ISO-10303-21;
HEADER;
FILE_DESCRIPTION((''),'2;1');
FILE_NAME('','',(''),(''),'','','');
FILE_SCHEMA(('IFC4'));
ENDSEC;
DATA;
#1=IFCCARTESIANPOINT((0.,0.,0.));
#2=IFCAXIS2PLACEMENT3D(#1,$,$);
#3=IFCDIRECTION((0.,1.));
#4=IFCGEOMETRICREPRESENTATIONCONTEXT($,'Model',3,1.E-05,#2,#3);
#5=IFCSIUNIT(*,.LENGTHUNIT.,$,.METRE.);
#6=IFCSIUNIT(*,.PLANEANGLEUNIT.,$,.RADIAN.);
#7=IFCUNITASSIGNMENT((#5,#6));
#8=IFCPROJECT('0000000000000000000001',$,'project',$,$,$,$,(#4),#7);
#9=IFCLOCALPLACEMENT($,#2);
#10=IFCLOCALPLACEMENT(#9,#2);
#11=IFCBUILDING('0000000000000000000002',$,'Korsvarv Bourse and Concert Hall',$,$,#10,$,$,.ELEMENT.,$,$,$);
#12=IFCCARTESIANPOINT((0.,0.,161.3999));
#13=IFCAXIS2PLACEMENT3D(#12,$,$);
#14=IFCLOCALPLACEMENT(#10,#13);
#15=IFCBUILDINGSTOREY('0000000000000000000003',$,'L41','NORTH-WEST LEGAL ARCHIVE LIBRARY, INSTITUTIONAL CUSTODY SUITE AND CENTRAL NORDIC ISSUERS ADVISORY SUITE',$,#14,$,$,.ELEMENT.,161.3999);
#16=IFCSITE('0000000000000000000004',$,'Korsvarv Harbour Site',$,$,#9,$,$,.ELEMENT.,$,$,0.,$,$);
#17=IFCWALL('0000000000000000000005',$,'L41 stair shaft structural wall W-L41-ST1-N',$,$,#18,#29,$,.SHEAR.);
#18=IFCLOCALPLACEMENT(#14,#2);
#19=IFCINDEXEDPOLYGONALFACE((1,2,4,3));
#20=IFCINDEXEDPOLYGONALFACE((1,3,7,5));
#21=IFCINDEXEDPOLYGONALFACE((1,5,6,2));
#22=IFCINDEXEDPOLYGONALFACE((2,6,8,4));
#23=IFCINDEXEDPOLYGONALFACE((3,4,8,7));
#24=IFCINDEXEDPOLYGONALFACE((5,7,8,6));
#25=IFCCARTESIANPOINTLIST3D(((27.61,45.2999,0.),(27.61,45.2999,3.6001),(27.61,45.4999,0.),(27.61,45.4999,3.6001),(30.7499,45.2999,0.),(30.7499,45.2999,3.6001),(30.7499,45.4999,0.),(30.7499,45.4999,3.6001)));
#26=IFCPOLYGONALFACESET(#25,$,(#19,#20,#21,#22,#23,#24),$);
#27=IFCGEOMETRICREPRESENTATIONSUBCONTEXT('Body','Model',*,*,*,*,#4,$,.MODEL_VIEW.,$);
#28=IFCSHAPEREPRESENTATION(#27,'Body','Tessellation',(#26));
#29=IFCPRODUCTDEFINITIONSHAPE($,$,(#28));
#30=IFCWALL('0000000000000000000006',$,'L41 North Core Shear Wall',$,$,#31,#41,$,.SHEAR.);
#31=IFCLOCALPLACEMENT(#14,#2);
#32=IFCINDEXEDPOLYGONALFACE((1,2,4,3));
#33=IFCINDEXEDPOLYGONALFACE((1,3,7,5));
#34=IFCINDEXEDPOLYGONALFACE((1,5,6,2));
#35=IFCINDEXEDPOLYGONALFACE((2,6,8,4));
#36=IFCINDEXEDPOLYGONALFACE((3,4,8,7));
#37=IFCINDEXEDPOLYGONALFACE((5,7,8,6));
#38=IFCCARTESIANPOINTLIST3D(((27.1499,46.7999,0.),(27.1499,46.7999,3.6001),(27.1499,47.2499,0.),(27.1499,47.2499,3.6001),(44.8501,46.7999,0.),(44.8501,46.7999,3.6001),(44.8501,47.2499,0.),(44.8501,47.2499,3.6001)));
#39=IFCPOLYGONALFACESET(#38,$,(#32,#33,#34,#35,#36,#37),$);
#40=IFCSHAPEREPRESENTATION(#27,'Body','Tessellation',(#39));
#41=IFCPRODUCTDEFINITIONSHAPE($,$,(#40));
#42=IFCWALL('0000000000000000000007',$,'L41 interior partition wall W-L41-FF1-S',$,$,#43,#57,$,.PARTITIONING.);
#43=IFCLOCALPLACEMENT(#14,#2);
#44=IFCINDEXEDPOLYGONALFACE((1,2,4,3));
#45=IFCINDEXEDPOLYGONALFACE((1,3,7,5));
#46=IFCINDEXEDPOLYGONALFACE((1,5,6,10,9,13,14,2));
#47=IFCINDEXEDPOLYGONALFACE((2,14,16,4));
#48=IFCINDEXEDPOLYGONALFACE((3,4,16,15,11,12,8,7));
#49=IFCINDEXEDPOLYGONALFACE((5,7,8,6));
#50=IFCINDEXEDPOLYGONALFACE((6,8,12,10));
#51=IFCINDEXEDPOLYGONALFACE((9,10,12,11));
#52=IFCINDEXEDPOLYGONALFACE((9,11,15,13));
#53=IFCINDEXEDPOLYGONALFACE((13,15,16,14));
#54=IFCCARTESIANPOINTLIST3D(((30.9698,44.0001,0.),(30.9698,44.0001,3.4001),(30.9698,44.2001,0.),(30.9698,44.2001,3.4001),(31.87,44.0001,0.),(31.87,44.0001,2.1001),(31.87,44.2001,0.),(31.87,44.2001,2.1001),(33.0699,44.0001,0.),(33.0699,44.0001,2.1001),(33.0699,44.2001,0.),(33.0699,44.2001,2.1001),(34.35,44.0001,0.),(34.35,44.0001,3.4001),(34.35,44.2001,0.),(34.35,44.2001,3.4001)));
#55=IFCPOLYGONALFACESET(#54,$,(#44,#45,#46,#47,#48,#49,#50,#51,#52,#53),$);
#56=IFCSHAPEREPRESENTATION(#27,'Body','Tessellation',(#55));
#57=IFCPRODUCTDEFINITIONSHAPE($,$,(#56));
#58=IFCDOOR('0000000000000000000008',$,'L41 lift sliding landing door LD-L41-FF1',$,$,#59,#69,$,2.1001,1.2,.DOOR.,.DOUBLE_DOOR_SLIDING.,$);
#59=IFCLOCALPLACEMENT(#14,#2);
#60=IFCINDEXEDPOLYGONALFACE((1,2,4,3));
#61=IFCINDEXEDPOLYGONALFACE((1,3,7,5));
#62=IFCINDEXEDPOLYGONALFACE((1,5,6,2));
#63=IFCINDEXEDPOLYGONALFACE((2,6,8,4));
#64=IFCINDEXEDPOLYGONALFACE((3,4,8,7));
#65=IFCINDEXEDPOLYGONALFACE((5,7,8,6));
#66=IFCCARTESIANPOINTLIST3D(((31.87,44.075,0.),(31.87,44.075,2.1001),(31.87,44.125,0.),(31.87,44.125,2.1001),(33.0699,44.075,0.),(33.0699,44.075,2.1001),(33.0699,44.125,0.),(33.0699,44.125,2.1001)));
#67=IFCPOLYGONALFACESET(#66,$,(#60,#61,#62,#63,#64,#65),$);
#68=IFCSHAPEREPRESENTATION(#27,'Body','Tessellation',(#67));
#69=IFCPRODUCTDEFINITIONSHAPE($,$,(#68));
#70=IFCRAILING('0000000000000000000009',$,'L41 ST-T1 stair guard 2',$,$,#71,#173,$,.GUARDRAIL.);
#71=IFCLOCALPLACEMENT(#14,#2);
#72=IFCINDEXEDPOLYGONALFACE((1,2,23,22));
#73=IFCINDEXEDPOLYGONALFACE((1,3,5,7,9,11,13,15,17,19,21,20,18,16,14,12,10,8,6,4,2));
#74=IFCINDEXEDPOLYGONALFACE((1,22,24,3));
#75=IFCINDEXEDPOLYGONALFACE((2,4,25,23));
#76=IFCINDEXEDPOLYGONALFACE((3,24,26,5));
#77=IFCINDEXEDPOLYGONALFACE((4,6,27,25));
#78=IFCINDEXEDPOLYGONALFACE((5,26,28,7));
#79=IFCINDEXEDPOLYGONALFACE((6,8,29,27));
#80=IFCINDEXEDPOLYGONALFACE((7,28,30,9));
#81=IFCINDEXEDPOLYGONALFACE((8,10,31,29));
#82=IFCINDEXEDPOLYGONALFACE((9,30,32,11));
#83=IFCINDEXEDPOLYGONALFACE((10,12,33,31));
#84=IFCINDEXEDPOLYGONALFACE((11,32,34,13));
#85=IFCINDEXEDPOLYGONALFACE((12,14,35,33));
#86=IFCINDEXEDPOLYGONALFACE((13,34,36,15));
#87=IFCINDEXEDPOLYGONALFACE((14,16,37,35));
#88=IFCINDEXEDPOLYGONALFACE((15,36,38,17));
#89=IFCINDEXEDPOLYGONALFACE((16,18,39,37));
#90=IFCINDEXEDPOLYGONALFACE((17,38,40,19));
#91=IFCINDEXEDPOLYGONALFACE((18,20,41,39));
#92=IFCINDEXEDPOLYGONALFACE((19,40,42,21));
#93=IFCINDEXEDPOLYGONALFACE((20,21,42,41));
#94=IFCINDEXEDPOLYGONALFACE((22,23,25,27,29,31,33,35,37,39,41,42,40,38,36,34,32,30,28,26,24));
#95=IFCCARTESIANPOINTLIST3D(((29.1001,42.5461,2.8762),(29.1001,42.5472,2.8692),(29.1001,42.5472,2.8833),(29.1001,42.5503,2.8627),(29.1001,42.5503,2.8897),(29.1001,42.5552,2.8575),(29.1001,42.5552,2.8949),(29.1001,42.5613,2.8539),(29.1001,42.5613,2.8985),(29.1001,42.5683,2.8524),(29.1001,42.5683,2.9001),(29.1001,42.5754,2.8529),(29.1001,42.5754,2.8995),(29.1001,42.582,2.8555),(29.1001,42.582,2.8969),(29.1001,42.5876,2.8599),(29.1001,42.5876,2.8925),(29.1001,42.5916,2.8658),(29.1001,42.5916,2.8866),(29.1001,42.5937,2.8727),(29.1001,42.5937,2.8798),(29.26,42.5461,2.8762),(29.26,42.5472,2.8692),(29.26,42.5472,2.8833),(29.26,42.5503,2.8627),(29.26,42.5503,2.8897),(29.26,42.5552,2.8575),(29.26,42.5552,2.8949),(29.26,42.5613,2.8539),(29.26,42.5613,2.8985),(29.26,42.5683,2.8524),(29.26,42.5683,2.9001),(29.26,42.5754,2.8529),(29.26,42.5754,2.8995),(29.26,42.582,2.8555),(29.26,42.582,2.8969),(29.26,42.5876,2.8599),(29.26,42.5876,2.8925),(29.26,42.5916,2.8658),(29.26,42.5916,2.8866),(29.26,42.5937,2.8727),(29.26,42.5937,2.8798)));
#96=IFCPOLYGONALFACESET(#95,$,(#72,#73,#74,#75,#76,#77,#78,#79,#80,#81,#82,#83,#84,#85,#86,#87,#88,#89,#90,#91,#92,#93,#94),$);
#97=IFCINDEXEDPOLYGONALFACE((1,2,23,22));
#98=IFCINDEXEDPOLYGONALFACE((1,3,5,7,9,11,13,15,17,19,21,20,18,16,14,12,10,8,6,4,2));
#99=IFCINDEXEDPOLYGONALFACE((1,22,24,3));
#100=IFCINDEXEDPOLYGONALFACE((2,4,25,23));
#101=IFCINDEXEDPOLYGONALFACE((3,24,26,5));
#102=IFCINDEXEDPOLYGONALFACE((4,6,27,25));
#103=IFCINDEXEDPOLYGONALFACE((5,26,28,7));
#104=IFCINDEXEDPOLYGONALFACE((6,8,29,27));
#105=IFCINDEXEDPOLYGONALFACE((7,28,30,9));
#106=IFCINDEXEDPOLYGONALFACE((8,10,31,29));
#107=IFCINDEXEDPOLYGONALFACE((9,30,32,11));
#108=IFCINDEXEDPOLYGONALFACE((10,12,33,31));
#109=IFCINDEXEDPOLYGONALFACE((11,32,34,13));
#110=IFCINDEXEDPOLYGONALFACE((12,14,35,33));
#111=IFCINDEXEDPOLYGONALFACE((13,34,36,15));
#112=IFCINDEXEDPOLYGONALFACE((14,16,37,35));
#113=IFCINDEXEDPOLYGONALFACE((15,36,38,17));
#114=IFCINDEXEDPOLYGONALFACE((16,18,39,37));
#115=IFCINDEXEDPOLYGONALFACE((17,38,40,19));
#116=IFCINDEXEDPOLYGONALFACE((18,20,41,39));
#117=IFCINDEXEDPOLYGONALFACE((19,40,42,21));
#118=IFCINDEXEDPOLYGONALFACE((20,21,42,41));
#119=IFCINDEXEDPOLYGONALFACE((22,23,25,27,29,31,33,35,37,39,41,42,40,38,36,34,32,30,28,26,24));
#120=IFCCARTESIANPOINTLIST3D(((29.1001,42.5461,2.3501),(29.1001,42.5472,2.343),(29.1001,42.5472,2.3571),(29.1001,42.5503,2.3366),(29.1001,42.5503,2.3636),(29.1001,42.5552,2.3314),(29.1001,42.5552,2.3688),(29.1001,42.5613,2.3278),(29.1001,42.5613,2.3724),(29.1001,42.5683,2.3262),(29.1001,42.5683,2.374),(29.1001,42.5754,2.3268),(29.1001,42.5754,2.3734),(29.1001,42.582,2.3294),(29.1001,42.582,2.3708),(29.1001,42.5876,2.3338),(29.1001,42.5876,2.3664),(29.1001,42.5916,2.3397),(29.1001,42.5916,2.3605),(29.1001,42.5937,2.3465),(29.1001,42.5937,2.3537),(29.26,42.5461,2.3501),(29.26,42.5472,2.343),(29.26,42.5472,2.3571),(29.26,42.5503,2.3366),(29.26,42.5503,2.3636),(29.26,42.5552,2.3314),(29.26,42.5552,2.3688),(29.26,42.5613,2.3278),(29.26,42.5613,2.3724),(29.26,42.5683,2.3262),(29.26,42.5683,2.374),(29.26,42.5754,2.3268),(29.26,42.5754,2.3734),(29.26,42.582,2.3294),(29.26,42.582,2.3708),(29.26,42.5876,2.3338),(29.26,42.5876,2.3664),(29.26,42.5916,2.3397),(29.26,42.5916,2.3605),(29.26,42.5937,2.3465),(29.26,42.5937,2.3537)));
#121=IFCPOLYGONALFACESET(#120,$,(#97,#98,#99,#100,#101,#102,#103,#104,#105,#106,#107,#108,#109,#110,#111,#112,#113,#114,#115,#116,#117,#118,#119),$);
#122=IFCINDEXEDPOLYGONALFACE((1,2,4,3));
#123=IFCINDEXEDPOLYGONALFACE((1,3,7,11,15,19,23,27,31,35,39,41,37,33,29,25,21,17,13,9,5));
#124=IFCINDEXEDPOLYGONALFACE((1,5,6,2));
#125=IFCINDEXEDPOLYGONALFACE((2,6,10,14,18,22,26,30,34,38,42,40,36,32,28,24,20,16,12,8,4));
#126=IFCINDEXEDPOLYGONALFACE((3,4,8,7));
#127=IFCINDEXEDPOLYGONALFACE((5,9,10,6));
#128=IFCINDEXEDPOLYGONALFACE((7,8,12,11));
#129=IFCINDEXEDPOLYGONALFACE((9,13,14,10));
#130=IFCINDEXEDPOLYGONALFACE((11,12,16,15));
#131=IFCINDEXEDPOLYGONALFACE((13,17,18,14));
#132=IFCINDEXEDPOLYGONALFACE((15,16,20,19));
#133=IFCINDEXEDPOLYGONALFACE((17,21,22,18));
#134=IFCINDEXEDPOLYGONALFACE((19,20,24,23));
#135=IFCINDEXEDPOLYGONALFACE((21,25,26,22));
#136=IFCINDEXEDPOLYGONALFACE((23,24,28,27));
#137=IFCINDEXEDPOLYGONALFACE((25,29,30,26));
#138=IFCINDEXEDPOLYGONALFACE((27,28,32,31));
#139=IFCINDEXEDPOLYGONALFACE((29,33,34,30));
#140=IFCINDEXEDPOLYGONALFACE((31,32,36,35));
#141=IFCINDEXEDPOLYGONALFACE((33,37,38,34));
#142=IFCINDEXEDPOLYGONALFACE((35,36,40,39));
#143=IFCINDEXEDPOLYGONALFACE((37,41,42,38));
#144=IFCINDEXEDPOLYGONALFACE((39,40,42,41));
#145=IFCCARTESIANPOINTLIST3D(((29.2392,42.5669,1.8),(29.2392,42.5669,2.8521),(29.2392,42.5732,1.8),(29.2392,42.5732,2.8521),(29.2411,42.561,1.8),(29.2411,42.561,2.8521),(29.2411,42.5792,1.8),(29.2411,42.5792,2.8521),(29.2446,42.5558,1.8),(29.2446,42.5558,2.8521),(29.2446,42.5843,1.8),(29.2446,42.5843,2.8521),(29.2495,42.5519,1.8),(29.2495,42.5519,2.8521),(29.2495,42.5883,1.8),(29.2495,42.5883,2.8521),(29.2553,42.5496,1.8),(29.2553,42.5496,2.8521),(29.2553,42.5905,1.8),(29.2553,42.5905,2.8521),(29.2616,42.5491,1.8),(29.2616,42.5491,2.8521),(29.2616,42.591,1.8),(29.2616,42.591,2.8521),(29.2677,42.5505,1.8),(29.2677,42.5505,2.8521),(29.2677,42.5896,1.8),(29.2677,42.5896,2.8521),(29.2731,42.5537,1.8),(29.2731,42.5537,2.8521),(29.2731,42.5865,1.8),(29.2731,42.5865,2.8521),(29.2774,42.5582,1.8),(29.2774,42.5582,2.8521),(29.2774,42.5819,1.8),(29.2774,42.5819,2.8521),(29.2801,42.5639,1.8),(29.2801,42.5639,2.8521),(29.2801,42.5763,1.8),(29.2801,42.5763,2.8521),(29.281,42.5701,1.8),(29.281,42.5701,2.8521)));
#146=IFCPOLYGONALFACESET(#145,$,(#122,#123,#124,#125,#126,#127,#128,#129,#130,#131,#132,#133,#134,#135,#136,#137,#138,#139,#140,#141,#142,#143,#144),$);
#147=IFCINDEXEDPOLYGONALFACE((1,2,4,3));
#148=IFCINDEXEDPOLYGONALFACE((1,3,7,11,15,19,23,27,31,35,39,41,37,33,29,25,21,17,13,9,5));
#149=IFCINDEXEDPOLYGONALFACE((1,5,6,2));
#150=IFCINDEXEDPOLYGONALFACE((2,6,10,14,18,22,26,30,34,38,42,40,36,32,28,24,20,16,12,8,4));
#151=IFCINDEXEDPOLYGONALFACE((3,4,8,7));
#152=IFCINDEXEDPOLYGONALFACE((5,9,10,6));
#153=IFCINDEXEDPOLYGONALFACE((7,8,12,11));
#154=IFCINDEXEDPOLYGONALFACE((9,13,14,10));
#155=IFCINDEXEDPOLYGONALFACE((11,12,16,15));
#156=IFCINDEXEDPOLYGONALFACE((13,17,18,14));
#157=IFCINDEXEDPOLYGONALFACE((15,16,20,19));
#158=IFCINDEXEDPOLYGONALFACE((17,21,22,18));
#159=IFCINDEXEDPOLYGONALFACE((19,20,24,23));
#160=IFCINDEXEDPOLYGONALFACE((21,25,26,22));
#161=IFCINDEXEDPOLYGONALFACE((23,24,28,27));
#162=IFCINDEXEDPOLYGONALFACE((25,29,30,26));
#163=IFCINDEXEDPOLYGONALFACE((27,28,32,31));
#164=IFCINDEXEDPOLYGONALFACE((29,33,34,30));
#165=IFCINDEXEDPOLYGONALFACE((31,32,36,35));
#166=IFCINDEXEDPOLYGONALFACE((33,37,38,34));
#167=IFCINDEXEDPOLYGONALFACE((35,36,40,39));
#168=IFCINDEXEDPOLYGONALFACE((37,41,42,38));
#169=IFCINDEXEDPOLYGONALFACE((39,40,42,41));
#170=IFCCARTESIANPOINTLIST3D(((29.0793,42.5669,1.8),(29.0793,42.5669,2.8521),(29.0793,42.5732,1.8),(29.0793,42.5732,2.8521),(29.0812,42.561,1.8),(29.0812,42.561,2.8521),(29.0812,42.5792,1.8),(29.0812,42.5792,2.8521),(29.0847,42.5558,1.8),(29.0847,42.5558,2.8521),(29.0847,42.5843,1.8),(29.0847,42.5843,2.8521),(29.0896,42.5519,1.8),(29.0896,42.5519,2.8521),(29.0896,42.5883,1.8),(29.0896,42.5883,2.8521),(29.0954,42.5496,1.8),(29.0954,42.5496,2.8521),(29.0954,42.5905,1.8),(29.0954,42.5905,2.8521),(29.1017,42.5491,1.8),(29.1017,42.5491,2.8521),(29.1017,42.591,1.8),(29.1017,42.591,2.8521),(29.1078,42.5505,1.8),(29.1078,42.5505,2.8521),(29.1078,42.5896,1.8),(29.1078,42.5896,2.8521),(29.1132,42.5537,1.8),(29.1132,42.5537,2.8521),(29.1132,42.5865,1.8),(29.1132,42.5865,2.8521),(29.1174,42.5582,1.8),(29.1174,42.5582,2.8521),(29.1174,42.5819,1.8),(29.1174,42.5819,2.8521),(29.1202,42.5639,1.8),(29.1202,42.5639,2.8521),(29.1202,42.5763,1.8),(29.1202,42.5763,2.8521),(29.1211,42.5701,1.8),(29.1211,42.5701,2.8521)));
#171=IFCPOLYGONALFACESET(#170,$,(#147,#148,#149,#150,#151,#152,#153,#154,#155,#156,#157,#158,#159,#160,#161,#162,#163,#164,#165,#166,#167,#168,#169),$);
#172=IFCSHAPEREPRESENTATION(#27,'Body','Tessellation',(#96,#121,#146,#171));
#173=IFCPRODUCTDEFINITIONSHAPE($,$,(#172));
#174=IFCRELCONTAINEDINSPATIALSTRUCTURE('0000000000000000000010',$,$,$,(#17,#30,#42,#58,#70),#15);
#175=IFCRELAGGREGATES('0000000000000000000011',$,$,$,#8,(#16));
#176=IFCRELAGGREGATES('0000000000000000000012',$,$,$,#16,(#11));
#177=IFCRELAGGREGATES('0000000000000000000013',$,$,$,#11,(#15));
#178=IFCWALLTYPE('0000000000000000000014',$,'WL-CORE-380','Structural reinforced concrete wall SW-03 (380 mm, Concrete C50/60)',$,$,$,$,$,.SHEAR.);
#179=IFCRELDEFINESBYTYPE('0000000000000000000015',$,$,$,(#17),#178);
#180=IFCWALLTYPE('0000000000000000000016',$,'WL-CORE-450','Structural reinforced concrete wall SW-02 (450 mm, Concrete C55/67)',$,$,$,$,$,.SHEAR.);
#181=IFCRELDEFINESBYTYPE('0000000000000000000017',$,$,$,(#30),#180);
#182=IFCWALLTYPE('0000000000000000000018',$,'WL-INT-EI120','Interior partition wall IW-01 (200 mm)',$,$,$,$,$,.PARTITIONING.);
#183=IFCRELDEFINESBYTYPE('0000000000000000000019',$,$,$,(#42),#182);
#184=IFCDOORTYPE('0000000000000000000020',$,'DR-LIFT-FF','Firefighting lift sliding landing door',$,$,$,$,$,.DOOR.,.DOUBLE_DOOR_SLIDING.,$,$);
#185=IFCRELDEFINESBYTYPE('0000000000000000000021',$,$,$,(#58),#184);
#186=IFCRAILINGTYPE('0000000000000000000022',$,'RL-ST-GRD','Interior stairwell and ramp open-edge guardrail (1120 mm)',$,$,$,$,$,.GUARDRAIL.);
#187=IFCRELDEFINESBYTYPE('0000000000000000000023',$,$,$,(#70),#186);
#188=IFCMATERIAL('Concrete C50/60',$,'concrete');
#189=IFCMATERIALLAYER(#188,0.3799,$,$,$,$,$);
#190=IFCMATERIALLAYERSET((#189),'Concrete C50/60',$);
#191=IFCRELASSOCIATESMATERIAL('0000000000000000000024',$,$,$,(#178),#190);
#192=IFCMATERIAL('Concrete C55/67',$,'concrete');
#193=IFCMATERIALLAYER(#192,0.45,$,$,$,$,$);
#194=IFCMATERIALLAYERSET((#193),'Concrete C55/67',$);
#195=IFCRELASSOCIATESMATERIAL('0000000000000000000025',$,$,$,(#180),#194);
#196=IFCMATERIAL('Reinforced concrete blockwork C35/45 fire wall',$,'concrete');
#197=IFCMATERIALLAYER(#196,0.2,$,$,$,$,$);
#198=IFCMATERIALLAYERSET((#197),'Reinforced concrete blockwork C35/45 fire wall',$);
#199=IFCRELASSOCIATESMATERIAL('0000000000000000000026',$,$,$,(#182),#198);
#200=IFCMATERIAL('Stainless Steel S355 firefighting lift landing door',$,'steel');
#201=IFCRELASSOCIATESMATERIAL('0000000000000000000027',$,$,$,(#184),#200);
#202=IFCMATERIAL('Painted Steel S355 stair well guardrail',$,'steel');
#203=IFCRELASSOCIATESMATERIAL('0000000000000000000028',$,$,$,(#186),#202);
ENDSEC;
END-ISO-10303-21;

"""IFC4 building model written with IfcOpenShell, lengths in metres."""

from ifc_helpers import new_model, si_unit, direction, frame, frame_2d, origin, origin_2d, place, context, subcontext, project, spatial, rectangle, circle, extrude, material, layer, layer_set, type_object, element, fill, save


model = new_model("IFC4")

# Units and contexts
model_context = context("Model", 3, precision=1e-05, world=origin(), true_north=direction((0.0, 1.0)))
body_context = subcontext(model_context, "Body", "Model", "MODEL_VIEW")
ifc_project = project(units=[si_unit("LENGTHUNIT", "METRE"), si_unit("PLANEANGLEUNIT", "RADIAN")], contexts=[model_context])

# Site, building, storey
site_placement = place(None, origin())
site = spatial("IfcSite", under=ifc_project, at=site_placement, Name="Korsvarv Harbour Site", CompositionType="ELEMENT", RefElevation=0.0)
building_placement = place(site_placement, origin())
building = spatial("IfcBuilding", under=site, at=building_placement, Name="Korsvarv Bourse and Concert Hall", CompositionType="ELEMENT")
storey_placement = place(building_placement, frame((0.0, 0.0, 161.3999)))
storey = spatial("IfcBuildingStorey", under=building, at=storey_placement, Name="L41", Description="NORTH-WEST LEGAL ARCHIVE LIBRARY, INSTITUTIONAL CUSTODY SUITE AND CENTRAL NORDIC ISSUERS ADVISORY SUITE", CompositionType="ELEMENT", Elevation=161.3999)

# Walls
ifc_material_1 = material(Name="Concrete C50/60", Category="concrete")
ifc_layer_1 = layer(ifc_material_1, 0.3799)
ifc_layer_set_1 = layer_set([ifc_layer_1], Name="Concrete C50/60")
wall_type_1 = type_object("IfcWallType", Name="WL-CORE-380", Description="Structural reinforced concrete wall SW-03 (380 mm, Concrete C50/60)", PredefinedType="SHEAR", material=ifc_layer_set_1)
wall_1_placement = place(storey_placement, frame((27.6101, 45.3999, 0.0), z_axis=(0.0, 0.0, 1.0), x_axis=(1.0, 0.0, 0.0)))
element("IfcWall", 1, at=wall_1_placement, inside=storey, type_object=wall_type_1, Name="L41 stair shaft structural wall W-L41-ST1-N", PredefinedType="SHEAR", context=body_context, shape_type="SweptSolid", body=[
    extrude(rectangle(XDim=3.1399, YDim=0.2, at=frame_2d((1.5698, 0.0))), origin(), (0.0, 0.0, 1.0), 3.6001),
])
ifc_material_2 = material(Name="Concrete C55/67", Category="concrete")
ifc_layer_2 = layer(ifc_material_2, 0.45)
ifc_layer_set_2 = layer_set([ifc_layer_2], Name="Concrete C55/67")
wall_type_2 = type_object("IfcWallType", Name="WL-CORE-450", Description="Structural reinforced concrete wall SW-02 (450 mm, Concrete C55/67)", PredefinedType="SHEAR", material=ifc_layer_set_2)
wall_2_placement = place(storey_placement, frame((27.1499, 47.0249, 0.0), z_axis=(0.0, 0.0, 1.0), x_axis=(1.0, 0.0, 0.0)))
element("IfcWall", 2, at=wall_2_placement, inside=storey, type_object=wall_type_2, Name="L41 North Core Shear Wall", PredefinedType="SHEAR", context=body_context, shape_type="SweptSolid", body=[
    extrude(rectangle(XDim=17.7002, YDim=0.45, at=frame_2d((8.8501, 0.0))), origin(), (0.0, 0.0, 1.0), 3.6001),
])

# Wall, opening, door
ifc_material_3 = material(Name="Reinforced concrete blockwork C35/45 fire wall", Category="concrete")
ifc_layer_3 = layer(ifc_material_3, 0.2)
ifc_layer_set_3 = layer_set([ifc_layer_3], Name="Reinforced concrete blockwork C35/45 fire wall")
wall_type_3 = type_object("IfcWallType", Name="WL-INT-EI120", Description="Interior partition wall IW-01 (200 mm)", PredefinedType="PARTITIONING", material=ifc_layer_set_3)
wall_3_placement = place(storey_placement, frame((30.97, 44.1001, 0.0), z_axis=(0.0, 0.0, 1.0), x_axis=(1.0, 0.0, 0.0)))
wall_3 = element("IfcWall", 3, at=wall_3_placement, inside=storey, type_object=wall_type_3, Name="L41 interior partition wall W-L41-FF1-S", PredefinedType="PARTITIONING", context=body_context, shape_type="SweptSolid", body=[
    extrude(rectangle(XDim=3.3801, YDim=0.2, at=frame_2d((1.6899, 0.0))), origin(), (0.0, 0.0, 1.0), 3.4001),
])
opening_placement = place(wall_3_placement, frame((0.8999, 0.0, 0.0)))
opening = element("IfcOpeningElement", 4, at=opening_placement, cuts=wall_3, PredefinedType="OPENING", context=body_context, shape_type="SweptSolid", body=[
    extrude(rectangle(XDim=1.2, YDim=2.1001, at=frame_2d((0.6001, 1.05))), frame((0.0, 0.1099, 0.0), z_axis=(0.0, -1.0, 0.0), x_axis=(1.0, 0.0, 0.0)), (0.0, 0.0, 1.0), 0.22),
])
ifc_material_4 = material(Name="Stainless Steel S355 firefighting lift landing door", Category="steel")
door_type = type_object("IfcDoorType", Name="DR-LIFT-FF", Description="Firefighting lift sliding landing door", OperationType="DOUBLE_DOOR_SLIDING", PredefinedType="DOOR", material=ifc_material_4)
door_placement = place(opening_placement, origin())
door = element("IfcDoor", 5, at=door_placement, inside=storey, type_object=door_type, Name="L41 lift sliding landing door LD-L41-FF1", OperationType="DOUBLE_DOOR_SLIDING", OverallHeight=2.1001, OverallWidth=1.2, PredefinedType="DOOR", context=body_context, shape_type="SweptSolid", body=[
    extrude(rectangle(XDim=1.2, YDim=2.1001, at=frame_2d((0.6001, 1.05))), frame((0.0, 0.0249, 0.0), z_axis=(0.0, -1.0, 0.0), x_axis=(1.0, 0.0, 0.0)), (0.0, 0.0, 1.0), 0.05),
])
fill(opening, door)

# Railing
ifc_material_5 = material(Name="Painted Steel S355 stair well guardrail", Category="steel")
railing_type = type_object("IfcRailingType", Name="RL-ST-GRD", Description="Interior stairwell and ramp open-edge guardrail (1120 mm)", PredefinedType="GUARDRAIL", material=ifc_material_5)
railing_1_placement = place(storey_placement, frame((29.26, 42.5701, 1.8)))
element("IfcRailing", 6, at=railing_1_placement, inside=storey, type_object=railing_type, Name="L41 ST-T1 stair guard 2", PredefinedType="GUARDRAIL", context=body_context, shape_type="SweptSolid", body=[
    extrude(circle(Radius=0.0239, at=origin_2d()), frame((0.0, 0.0, 1.0762), z_axis=(-1.0, 0.0, 0.0), x_axis=(0.0, -1.0, 0.0)), (0.0, 0.0, 1.0), 0.1599),
    extrude(circle(Radius=0.0239, at=origin_2d()), frame((0.0, 0.0, 0.55), z_axis=(-1.0, 0.0, 0.0), x_axis=(0.0, -1.0, 0.0)), (0.0, 0.0, 1.0), 0.1599),
    extrude(circle(Radius=0.021, at=origin_2d()), origin(), (0.0, 0.0, 1.0), 1.052),
    extrude(circle(Radius=0.021, at=origin_2d()), frame((-0.1599, 0.0, 0.0)), (0.0, 0.0, 1.0), 1.052),
])

save(model, "model.ifc")
